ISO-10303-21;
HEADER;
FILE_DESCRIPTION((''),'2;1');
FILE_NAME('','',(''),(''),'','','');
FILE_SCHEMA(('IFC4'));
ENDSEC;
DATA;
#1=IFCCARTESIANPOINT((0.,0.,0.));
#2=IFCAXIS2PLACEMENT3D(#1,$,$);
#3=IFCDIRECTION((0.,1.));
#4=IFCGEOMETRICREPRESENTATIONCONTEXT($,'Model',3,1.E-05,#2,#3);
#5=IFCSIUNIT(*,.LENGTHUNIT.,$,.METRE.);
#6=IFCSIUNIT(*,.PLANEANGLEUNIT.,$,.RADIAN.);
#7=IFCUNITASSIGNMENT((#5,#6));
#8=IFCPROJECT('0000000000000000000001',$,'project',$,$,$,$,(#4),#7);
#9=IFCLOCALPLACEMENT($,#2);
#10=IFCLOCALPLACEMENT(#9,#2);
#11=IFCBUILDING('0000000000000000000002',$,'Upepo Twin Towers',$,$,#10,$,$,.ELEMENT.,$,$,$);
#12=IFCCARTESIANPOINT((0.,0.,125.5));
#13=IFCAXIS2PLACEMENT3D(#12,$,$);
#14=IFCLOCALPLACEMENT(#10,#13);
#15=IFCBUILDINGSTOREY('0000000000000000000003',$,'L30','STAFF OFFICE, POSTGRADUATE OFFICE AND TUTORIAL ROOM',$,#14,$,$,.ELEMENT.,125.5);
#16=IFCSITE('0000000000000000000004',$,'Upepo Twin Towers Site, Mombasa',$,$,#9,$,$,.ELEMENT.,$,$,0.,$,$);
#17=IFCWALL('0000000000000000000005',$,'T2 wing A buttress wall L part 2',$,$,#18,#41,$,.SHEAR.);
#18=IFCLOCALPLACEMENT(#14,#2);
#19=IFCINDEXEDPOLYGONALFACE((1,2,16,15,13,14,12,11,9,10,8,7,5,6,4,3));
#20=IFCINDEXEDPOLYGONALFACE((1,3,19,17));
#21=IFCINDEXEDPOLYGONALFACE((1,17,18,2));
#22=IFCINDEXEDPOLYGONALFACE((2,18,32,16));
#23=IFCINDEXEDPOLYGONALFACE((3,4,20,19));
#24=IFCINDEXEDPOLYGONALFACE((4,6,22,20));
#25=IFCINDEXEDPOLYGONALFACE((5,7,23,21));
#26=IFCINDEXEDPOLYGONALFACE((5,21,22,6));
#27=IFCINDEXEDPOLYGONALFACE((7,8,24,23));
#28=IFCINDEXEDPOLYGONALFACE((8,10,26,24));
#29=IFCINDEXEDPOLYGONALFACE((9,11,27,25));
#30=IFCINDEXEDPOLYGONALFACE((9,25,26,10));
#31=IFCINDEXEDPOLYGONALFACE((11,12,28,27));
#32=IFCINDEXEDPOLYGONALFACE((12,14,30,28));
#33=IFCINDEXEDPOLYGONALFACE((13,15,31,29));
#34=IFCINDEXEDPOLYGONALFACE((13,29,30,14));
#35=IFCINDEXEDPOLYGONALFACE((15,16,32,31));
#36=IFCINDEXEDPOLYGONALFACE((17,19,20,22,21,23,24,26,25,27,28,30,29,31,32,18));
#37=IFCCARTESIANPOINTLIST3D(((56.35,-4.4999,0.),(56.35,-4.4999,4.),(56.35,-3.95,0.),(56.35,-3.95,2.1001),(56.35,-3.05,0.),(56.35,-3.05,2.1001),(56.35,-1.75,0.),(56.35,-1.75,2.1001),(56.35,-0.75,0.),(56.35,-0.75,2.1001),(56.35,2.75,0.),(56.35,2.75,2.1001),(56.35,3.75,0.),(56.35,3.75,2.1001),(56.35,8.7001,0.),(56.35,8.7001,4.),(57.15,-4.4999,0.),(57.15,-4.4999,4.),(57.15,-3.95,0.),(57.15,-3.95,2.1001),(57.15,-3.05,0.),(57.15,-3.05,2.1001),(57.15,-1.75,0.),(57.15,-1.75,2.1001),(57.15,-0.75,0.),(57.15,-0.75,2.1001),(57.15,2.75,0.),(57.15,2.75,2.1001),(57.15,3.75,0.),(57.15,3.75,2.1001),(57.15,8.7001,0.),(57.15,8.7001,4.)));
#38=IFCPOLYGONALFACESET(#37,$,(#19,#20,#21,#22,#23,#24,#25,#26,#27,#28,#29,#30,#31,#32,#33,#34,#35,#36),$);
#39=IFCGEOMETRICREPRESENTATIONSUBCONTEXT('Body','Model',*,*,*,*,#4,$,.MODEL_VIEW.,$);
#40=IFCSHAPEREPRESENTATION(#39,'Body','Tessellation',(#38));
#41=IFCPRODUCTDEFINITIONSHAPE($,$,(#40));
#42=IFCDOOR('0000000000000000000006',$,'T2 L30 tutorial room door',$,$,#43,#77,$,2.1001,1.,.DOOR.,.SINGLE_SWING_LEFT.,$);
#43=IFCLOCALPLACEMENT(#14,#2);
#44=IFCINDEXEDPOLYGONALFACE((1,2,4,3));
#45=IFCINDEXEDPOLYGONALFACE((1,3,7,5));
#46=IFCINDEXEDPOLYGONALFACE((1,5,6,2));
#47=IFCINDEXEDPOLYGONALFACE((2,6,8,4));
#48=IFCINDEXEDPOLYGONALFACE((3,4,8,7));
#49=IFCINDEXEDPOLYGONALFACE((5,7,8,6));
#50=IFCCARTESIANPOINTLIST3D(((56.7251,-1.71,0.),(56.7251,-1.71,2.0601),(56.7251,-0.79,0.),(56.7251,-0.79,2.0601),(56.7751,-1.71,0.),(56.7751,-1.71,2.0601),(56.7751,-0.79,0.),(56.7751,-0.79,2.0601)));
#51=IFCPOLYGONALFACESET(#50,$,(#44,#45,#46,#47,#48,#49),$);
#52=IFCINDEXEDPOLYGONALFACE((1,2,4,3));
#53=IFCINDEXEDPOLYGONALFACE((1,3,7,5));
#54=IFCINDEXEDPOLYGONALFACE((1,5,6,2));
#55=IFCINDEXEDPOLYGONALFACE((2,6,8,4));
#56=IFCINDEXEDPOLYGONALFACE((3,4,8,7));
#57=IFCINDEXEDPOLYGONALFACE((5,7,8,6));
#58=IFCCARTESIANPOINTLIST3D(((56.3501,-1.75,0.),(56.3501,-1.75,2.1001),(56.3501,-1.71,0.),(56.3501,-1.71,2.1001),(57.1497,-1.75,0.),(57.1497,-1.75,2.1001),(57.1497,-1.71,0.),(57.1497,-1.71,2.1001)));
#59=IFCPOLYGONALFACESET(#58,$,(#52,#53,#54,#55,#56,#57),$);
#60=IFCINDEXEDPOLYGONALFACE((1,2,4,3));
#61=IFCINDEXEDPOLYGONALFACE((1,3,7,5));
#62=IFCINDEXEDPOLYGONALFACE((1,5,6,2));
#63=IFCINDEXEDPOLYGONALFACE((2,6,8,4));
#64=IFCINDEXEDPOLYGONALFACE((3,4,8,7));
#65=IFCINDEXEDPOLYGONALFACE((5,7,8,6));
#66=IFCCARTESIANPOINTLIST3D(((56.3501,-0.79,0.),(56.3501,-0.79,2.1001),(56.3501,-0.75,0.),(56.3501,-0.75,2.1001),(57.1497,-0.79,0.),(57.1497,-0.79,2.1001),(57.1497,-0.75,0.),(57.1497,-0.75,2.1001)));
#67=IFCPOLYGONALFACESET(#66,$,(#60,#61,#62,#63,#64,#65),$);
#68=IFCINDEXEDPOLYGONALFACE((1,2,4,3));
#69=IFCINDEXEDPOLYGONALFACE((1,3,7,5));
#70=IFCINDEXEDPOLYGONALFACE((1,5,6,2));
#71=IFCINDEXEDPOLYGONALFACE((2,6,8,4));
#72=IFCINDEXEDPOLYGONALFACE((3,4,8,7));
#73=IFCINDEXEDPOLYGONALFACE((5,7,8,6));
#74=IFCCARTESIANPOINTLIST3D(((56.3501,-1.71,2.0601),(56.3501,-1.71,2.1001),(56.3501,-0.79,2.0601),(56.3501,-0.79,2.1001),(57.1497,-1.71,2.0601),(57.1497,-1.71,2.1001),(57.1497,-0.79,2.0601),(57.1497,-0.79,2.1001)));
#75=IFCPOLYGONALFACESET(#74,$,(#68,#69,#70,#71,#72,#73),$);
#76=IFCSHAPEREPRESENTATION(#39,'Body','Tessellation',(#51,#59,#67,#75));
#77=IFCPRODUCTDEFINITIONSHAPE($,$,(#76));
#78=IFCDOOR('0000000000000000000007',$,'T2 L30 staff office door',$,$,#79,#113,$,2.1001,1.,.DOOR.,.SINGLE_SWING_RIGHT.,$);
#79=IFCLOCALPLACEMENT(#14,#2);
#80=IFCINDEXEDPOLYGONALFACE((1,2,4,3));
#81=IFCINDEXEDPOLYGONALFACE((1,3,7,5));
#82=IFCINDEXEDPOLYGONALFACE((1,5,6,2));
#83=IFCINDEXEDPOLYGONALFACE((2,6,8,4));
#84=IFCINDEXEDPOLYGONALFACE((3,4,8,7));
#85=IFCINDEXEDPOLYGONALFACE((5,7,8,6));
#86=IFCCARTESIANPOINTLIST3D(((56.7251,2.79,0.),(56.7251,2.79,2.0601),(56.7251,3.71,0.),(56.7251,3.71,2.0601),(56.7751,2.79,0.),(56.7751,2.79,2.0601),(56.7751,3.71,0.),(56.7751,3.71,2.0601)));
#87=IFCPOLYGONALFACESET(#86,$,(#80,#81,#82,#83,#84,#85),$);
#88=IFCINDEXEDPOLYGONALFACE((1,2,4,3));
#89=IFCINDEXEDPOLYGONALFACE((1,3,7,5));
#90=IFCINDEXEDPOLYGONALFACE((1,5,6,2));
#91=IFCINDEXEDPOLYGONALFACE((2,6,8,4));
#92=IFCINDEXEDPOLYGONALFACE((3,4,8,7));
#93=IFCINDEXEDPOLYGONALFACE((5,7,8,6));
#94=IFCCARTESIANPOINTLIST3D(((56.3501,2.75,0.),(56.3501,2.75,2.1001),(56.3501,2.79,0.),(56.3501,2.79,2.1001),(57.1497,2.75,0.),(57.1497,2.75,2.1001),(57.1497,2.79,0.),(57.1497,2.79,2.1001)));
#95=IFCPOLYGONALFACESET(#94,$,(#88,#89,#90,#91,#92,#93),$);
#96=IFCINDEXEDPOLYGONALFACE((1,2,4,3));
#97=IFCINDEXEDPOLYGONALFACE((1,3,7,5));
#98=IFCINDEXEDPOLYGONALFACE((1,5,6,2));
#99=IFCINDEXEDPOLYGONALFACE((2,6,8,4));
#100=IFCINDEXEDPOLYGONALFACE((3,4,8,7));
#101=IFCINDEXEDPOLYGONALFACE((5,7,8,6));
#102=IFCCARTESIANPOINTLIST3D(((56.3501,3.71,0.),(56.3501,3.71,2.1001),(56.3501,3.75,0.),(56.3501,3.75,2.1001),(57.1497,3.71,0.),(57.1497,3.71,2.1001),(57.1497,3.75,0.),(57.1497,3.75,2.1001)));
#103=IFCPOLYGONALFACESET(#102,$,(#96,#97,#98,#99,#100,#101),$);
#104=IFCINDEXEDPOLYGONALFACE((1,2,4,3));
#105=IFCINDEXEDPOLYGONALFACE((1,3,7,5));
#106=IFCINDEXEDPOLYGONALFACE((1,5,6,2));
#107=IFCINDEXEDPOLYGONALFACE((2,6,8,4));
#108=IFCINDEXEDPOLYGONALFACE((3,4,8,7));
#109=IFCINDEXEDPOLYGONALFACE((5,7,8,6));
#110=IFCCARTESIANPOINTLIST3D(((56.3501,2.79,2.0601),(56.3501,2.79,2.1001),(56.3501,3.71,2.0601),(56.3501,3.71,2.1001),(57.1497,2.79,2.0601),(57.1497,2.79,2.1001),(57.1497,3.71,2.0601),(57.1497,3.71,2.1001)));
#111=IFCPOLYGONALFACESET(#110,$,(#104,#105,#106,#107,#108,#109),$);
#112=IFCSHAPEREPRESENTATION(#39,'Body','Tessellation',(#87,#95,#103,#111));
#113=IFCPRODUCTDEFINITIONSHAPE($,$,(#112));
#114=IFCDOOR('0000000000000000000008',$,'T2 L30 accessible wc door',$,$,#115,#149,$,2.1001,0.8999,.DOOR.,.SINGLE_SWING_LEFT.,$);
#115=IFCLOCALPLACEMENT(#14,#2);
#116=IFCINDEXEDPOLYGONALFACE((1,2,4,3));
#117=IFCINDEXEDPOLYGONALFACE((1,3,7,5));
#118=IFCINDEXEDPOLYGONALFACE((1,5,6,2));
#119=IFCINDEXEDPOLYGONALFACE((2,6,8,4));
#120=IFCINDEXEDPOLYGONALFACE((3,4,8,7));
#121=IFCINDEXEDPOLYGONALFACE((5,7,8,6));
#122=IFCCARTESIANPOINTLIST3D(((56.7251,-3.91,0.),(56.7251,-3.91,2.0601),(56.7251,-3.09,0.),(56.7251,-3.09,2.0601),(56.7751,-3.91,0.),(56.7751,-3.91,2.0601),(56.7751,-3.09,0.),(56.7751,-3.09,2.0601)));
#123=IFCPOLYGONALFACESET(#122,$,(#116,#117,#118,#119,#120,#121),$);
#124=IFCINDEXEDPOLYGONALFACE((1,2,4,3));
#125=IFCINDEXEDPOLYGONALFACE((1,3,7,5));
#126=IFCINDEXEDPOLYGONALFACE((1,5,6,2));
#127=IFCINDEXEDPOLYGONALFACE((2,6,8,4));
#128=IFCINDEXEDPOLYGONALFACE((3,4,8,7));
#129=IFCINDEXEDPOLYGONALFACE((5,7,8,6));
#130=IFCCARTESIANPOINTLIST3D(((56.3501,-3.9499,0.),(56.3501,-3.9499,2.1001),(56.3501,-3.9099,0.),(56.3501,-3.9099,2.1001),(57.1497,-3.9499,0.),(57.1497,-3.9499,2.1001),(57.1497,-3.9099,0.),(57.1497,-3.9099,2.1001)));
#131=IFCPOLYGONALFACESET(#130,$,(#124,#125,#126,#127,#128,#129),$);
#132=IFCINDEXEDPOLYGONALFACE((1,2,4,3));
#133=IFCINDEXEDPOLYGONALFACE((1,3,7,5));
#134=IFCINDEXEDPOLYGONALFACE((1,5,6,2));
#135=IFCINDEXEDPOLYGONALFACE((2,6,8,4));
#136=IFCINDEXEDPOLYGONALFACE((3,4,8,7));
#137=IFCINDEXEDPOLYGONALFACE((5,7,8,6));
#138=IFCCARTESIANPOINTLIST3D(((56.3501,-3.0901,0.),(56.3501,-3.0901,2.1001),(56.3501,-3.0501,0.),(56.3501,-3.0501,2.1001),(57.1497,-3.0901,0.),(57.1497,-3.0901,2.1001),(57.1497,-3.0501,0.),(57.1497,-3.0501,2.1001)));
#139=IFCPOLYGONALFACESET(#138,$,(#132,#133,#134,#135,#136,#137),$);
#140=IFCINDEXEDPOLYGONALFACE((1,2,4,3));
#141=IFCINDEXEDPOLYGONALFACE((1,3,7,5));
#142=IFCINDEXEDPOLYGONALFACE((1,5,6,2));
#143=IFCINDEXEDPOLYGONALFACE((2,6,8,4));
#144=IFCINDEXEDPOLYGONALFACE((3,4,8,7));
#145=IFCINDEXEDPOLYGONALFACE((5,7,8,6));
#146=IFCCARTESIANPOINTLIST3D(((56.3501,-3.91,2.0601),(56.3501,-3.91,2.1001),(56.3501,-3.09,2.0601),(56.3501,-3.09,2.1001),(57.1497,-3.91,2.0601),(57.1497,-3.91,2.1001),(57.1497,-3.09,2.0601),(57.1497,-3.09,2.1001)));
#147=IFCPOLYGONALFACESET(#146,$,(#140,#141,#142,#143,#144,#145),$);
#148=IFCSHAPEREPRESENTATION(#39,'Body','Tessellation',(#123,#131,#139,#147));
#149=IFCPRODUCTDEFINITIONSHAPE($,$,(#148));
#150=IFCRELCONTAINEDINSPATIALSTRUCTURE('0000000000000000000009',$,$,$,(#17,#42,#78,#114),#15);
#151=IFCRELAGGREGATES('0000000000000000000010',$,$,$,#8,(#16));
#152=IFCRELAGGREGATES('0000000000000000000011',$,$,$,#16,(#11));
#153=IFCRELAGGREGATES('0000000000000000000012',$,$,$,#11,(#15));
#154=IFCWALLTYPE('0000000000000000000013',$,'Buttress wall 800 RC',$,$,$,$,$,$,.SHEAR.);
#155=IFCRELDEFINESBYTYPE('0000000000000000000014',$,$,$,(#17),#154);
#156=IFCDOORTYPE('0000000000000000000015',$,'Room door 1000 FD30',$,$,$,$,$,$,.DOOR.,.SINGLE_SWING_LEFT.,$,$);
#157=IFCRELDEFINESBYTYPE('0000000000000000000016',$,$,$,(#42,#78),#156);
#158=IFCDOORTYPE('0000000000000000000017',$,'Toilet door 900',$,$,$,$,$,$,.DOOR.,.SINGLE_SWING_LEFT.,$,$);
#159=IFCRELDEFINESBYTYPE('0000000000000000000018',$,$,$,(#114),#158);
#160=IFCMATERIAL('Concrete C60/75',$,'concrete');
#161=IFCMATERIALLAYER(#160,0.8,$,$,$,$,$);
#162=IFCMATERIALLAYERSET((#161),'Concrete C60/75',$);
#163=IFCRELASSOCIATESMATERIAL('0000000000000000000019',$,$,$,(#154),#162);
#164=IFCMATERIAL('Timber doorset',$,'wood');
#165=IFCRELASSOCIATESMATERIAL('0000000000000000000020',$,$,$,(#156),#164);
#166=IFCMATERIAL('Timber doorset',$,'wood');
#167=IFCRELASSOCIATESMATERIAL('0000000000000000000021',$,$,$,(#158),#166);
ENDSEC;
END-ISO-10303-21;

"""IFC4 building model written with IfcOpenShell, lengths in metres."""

from ifc_helpers import new_model, si_unit, direction, frame, frame_2d, origin, place, context, subcontext, project, spatial, rectangle, extrude, material, layer, layer_set, type_object, element, fill, save


model = new_model("IFC4")

# Units and contexts
model_context = context("Model", 3, precision=1e-05, world=origin(), true_north=direction((0.0, 1.0)))
body_context = subcontext(model_context, "Body", "Model", "MODEL_VIEW")
ifc_project = project(units=[si_unit("LENGTHUNIT", "METRE"), si_unit("PLANEANGLEUNIT", "RADIAN")], contexts=[model_context])

# Site, building, storey
site_placement = place(None, origin())
site = spatial("IfcSite", under=ifc_project, at=site_placement, Name="Upepo Twin Towers Site, Mombasa", CompositionType="ELEMENT", RefElevation=0.0)
building_placement = place(site_placement, origin())
building = spatial("IfcBuilding", under=site, at=building_placement, Name="Upepo Twin Towers", CompositionType="ELEMENT")
storey_placement = place(building_placement, frame((0.0, 0.0, 125.5)))
storey = spatial("IfcBuildingStorey", under=building, at=storey_placement, Name="L30", Description="STAFF OFFICE, POSTGRADUATE OFFICE AND TUTORIAL ROOM", CompositionType="ELEMENT", Elevation=125.5)

# Wall, openings, doors
ifc_material_1 = material(Name="Concrete C60/75", Category="concrete")
ifc_layer_1 = layer(ifc_material_1, 0.8)
ifc_layer_set_1 = layer_set([ifc_layer_1], Name="Concrete C60/75")
wall_type_1 = type_object("IfcWallType", Name="Buttress wall 800 RC", PredefinedType="SHEAR", material=ifc_layer_set_1)
wall_1_placement = place(storey_placement, frame((56.75, -4.5, 0.0), z_axis=(0.0, 0.0, 1.0), x_axis=(0.0, 1.0, 0.0)))
wall_1 = element("IfcWall", 1, at=wall_1_placement, inside=storey, type_object=wall_type_1, Name="T2 wing A buttress wall L part 2", PredefinedType="SHEAR", context=body_context, shape_type="SweptSolid", body=[
    extrude(rectangle(XDim=13.2, YDim=0.8, at=frame_2d((6.6001, 0.0))), origin(), (0.0, 0.0, 1.0), 4.0),
])
opening_1_placement = place(wall_1_placement, frame((0.55, 0.0, 0.0)))
opening_1 = element("IfcOpeningElement", 2, at=opening_1_placement, cuts=wall_1, PredefinedType="OPENING", context=body_context, shape_type="SweptSolid", body=[
    extrude(rectangle(XDim=0.8999, YDim=2.1001, at=frame_2d((0.45, 1.05))), frame((0.0, 0.4099, 0.0), z_axis=(0.0, -1.0, 0.0), x_axis=(1.0, 0.0, 0.0)), (0.0, 0.0, 1.0), 0.8201),
])
opening_2_placement = place(wall_1_placement, frame((2.75, 0.0, 0.0)))
opening_2 = element("IfcOpeningElement", 3, at=opening_2_placement, cuts=wall_1, PredefinedType="OPENING", context=body_context, shape_type="SweptSolid", body=[
    extrude(rectangle(XDim=1.0, YDim=2.1001, at=frame_2d((0.5, 1.05))), frame((0.0, 0.4099, 0.0), z_axis=(0.0, -1.0, 0.0), x_axis=(1.0, 0.0, 0.0)), (0.0, 0.0, 1.0), 0.8201),
])
opening_3_placement = place(wall_1_placement, frame((7.25, 0.0, 0.0)))
opening_3 = element("IfcOpeningElement", 4, at=opening_3_placement, cuts=wall_1, PredefinedType="OPENING", context=body_context, shape_type="SweptSolid", body=[
    extrude(rectangle(XDim=1.0, YDim=2.1001, at=frame_2d((0.5, 1.05))), frame((0.0, 0.4099, 0.0), z_axis=(0.0, -1.0, 0.0), x_axis=(1.0, 0.0, 0.0)), (0.0, 0.0, 1.0), 0.8201),
])
ifc_material_2 = material(Name="Timber doorset", Category="wood")
door_type_1 = type_object("IfcDoorType", Name="Room door 1000 FD30", OperationType="SINGLE_SWING_LEFT", PredefinedType="DOOR", material=ifc_material_2)
door_1_placement = place(opening_2_placement, origin())
door_1 = element("IfcDoor", 5, at=door_1_placement, inside=storey, type_object=door_type_1, Name="T2 L30 tutorial room door", OperationType="SINGLE_SWING_LEFT", OverallHeight=2.1001, OverallWidth=1.0, PredefinedType="DOOR", context=body_context, shape_type="SweptSolid", body=[
    extrude(rectangle(XDim=0.92, YDim=2.0601, at=frame_2d((0.5, 1.03))), frame((0.0, 0.0249, 0.0), z_axis=(0.0, -1.0, 0.0), x_axis=(1.0, 0.0, 0.0)), (0.0, 0.0, 1.0), 0.05),
    extrude(rectangle(XDim=0.04, YDim=2.1001, at=frame_2d((0.02, 1.05))), frame((0.0, 0.3999, 0.0), z_axis=(0.0, -1.0, 0.0), x_axis=(1.0, 0.0, 0.0)), (0.0, 0.0, 1.0), 0.7996),
    extrude(rectangle(XDim=0.04, YDim=2.1001, at=frame_2d((0.98, 1.05))), frame((0.0, 0.3999, 0.0), z_axis=(0.0, -1.0, 0.0), x_axis=(1.0, 0.0, 0.0)), (0.0, 0.0, 1.0), 0.7996),
    extrude(rectangle(XDim=0.92, YDim=0.04, at=frame_2d((0.5, 2.0801))), frame((0.0, 0.3999, 0.0), z_axis=(0.0, -1.0, 0.0), x_axis=(1.0, 0.0, 0.0)), (0.0, 0.0, 1.0), 0.7996),
])
fill(opening_2, door_1)
door_2_placement = place(opening_3_placement, origin())
door_2 = element("IfcDoor", 6, at=door_2_placement, inside=storey, type_object=door_type_1, Name="T2 L30 staff office door", OperationType="SINGLE_SWING_RIGHT", OverallHeight=2.1001, OverallWidth=1.0, PredefinedType="DOOR", context=body_context, shape_type="SweptSolid", body=[
    extrude(rectangle(XDim=0.92, YDim=2.0601, at=frame_2d((0.5, 1.03))), frame((0.0, 0.0249, 0.0), z_axis=(0.0, -1.0, 0.0), x_axis=(1.0, 0.0, 0.0)), (0.0, 0.0, 1.0), 0.05),
    extrude(rectangle(XDim=0.04, YDim=2.1001, at=frame_2d((0.02, 1.05))), frame((0.0, 0.3999, 0.0), z_axis=(0.0, -1.0, 0.0), x_axis=(1.0, 0.0, 0.0)), (0.0, 0.0, 1.0), 0.7996),
    extrude(rectangle(XDim=0.04, YDim=2.1001, at=frame_2d((0.98, 1.05))), frame((0.0, 0.3999, 0.0), z_axis=(0.0, -1.0, 0.0), x_axis=(1.0, 0.0, 0.0)), (0.0, 0.0, 1.0), 0.7996),
    extrude(rectangle(XDim=0.92, YDim=0.04, at=frame_2d((0.5, 2.0801))), frame((0.0, 0.3999, 0.0), z_axis=(0.0, -1.0, 0.0), x_axis=(1.0, 0.0, 0.0)), (0.0, 0.0, 1.0), 0.7996),
])
fill(opening_3, door_2)
ifc_material_3 = material(Name="Timber doorset", Category="wood")
door_type_2 = type_object("IfcDoorType", Name="Toilet door 900", OperationType="SINGLE_SWING_LEFT", PredefinedType="DOOR", material=ifc_material_3)
door_3_placement = place(opening_1_placement, origin())
door_3 = element("IfcDoor", 7, at=door_3_placement, inside=storey, type_object=door_type_2, Name="T2 L30 accessible wc door", OperationType="SINGLE_SWING_LEFT", OverallHeight=2.1001, OverallWidth=0.8999, PredefinedType="DOOR", context=body_context, shape_type="SweptSolid", body=[
    extrude(rectangle(XDim=0.8199, YDim=2.0601, at=frame_2d((0.45, 1.03))), frame((0.0, 0.0249, 0.0), z_axis=(0.0, -1.0, 0.0), x_axis=(1.0, 0.0, 0.0)), (0.0, 0.0, 1.0), 0.05),
    extrude(rectangle(XDim=0.04, YDim=2.1001, at=frame_2d((0.02, 1.05))), frame((0.0, 0.3999, 0.0), z_axis=(0.0, -1.0, 0.0), x_axis=(1.0, 0.0, 0.0)), (0.0, 0.0, 1.0), 0.7996),
    extrude(rectangle(XDim=0.04, YDim=2.1001, at=frame_2d((0.8799, 1.05))), frame((0.0, 0.3999, 0.0), z_axis=(0.0, -1.0, 0.0), x_axis=(1.0, 0.0, 0.0)), (0.0, 0.0, 1.0), 0.7996),
    extrude(rectangle(XDim=0.8199, YDim=0.04, at=frame_2d((0.45, 2.0801))), frame((0.0, 0.3999, 0.0), z_axis=(0.0, -1.0, 0.0), x_axis=(1.0, 0.0, 0.0)), (0.0, 0.0, 1.0), 0.7996),
])
fill(opening_1, door_3)

save(model, "model.ifc")
